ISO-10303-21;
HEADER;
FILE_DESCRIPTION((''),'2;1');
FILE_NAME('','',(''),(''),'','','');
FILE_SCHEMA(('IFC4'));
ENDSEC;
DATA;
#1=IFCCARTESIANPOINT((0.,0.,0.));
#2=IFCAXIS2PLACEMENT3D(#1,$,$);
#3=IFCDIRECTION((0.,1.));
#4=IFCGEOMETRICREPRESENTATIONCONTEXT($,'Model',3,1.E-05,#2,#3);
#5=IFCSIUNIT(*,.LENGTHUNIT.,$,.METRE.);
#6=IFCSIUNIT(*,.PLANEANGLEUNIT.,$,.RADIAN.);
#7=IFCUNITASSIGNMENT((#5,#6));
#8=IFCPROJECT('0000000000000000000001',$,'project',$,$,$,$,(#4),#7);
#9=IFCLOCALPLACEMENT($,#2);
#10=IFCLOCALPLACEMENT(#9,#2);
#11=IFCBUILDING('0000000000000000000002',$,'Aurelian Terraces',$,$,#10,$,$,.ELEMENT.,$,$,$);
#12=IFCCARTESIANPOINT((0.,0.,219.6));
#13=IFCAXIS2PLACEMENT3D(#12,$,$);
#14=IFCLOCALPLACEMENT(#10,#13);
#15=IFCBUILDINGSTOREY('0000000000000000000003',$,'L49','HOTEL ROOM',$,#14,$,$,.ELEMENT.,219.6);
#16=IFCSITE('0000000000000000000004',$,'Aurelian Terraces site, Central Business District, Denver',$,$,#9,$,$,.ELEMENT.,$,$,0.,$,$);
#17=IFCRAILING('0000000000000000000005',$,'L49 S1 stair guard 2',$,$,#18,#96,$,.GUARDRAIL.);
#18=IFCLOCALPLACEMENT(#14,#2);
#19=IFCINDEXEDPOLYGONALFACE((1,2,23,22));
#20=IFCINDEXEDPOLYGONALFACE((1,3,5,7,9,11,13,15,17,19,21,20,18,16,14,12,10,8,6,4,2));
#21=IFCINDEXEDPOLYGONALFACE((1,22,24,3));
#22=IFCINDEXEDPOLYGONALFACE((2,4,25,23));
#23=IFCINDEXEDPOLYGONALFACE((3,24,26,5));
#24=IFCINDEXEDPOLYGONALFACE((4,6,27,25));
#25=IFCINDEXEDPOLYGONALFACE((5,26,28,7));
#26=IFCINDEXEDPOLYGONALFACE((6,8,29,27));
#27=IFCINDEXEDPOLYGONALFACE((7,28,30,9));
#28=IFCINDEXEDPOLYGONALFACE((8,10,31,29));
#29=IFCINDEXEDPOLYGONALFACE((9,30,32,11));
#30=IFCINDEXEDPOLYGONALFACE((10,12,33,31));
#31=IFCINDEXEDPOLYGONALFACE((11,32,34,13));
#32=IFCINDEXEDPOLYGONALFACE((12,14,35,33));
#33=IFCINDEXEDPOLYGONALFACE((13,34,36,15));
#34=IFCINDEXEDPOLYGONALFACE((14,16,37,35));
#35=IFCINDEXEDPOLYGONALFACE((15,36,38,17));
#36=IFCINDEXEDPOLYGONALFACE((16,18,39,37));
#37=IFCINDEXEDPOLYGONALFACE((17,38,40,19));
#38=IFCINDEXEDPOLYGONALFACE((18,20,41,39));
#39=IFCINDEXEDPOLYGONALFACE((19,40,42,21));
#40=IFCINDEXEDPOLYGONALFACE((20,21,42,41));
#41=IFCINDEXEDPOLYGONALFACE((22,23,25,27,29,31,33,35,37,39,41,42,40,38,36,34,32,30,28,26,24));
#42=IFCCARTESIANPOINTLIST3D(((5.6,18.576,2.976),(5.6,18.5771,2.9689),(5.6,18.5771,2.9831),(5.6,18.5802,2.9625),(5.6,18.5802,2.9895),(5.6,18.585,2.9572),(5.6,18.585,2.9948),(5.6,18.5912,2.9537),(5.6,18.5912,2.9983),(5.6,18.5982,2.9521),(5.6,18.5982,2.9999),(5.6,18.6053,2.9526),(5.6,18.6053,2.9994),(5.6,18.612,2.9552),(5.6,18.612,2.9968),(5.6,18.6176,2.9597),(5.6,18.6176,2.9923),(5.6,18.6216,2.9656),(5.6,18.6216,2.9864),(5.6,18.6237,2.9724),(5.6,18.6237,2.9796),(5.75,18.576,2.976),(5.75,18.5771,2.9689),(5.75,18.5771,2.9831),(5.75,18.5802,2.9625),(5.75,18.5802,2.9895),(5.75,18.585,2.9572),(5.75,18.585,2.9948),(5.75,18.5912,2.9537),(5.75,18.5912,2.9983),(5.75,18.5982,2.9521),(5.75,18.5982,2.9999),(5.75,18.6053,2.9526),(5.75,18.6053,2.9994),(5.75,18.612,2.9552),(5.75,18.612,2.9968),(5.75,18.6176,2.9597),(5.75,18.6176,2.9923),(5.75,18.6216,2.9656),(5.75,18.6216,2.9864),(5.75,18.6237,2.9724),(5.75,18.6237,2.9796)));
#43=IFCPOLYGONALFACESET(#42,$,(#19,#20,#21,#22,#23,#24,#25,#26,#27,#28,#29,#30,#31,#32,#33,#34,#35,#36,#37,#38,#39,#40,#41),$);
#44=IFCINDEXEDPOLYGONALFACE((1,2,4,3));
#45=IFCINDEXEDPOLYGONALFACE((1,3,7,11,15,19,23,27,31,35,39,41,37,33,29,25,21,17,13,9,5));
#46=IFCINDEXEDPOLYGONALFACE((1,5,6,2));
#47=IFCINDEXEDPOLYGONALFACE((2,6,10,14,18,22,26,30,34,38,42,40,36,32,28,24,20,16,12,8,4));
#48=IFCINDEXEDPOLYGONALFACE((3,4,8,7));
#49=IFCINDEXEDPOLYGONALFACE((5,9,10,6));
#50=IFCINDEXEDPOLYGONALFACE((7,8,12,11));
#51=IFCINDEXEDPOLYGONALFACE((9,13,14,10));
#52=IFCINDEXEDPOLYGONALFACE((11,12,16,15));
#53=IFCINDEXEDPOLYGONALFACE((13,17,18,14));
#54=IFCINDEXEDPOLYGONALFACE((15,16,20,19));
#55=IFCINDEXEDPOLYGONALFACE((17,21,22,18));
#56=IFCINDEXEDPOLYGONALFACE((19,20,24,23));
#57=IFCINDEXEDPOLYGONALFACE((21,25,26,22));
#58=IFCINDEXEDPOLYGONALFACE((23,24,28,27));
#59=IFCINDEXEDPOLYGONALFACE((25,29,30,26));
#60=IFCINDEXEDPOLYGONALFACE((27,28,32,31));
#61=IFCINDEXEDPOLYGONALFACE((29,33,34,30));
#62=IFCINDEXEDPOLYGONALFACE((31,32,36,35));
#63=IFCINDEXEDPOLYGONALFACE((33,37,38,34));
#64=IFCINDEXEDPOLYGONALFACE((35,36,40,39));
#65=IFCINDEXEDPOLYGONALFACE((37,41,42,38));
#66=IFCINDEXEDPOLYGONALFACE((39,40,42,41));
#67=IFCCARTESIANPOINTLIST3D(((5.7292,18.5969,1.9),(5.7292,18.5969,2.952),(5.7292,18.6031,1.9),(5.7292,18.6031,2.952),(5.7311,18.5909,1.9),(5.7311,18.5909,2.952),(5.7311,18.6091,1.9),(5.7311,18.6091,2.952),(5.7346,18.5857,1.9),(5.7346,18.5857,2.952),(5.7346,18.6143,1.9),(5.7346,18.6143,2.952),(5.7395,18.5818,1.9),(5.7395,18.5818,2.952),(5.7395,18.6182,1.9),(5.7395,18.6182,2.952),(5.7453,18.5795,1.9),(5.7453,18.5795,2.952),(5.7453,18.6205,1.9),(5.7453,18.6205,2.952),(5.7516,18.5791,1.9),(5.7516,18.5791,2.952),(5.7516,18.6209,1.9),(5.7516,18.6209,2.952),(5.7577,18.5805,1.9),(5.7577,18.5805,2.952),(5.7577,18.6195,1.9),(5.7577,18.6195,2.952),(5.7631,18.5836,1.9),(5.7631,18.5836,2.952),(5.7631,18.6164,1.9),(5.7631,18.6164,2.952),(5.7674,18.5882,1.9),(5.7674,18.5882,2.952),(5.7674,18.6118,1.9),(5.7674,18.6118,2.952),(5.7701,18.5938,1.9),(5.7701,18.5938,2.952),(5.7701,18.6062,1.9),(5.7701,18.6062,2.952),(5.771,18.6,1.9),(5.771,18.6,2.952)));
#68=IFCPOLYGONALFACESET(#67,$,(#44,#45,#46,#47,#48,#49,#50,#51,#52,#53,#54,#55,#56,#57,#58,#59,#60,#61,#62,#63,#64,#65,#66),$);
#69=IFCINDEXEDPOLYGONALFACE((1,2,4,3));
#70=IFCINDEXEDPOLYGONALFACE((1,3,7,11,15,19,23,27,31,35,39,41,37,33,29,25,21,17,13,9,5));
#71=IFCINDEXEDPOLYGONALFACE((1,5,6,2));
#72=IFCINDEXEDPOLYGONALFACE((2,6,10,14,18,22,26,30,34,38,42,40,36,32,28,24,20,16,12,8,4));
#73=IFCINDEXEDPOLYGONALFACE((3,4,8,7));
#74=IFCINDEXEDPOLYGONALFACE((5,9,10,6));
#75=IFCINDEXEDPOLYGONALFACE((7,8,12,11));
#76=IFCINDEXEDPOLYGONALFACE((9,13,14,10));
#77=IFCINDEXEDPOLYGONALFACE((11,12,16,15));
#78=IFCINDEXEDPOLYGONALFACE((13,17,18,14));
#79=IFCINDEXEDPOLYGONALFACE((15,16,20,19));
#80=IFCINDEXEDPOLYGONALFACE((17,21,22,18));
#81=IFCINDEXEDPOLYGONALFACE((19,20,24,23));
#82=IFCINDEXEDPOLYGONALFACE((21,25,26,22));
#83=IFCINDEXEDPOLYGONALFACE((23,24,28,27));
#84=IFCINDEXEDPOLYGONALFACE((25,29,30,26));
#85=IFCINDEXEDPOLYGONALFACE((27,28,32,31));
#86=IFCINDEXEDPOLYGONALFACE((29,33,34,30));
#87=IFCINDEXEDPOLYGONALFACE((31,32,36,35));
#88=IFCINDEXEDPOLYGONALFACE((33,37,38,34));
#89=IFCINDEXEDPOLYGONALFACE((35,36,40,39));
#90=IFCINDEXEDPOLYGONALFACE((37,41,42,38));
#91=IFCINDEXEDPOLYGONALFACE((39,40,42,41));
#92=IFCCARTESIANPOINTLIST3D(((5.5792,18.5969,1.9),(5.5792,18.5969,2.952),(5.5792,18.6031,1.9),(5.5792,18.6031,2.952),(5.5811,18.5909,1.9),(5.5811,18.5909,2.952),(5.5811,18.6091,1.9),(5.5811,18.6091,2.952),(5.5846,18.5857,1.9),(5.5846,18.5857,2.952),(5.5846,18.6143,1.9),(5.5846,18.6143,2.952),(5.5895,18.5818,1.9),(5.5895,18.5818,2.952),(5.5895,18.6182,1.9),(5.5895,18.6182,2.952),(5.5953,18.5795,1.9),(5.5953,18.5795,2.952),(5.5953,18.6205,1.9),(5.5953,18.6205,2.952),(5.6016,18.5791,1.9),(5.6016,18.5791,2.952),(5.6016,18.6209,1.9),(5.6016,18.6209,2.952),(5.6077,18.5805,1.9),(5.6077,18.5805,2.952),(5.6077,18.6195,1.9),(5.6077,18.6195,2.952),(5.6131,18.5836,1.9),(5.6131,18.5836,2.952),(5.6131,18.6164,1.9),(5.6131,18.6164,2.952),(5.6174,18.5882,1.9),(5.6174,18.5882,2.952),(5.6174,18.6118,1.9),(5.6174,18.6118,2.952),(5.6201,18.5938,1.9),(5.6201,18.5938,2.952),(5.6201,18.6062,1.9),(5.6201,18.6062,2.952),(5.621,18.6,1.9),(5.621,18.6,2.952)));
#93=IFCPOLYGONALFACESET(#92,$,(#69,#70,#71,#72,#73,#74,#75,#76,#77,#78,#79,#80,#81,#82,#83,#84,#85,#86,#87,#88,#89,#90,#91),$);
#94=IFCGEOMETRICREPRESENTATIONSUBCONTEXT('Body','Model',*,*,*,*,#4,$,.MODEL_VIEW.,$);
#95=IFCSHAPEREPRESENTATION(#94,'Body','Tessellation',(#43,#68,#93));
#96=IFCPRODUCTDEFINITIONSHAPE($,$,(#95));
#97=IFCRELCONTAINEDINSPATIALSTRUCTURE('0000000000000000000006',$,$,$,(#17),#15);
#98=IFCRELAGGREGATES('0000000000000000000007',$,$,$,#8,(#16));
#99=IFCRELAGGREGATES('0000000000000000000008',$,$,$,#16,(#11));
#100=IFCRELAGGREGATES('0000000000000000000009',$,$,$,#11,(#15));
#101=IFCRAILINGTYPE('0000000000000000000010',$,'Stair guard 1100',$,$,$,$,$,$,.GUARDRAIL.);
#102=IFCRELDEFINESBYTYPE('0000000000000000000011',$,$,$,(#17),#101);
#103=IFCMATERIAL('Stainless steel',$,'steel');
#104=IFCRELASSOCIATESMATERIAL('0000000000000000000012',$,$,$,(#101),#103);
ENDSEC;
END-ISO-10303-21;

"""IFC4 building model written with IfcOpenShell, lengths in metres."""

from ifc_helpers import new_model, si_unit, direction, frame, origin, origin_2d, place, context, subcontext, project, spatial, circle, extrude, source, transform, mapped, material, type_object, element, save


model = new_model("IFC4")

# Units and contexts
model_context = context("Model", 3, precision=1e-05, world=origin(), true_north=direction((0.0, 1.0)))
body_context = subcontext(model_context, "Body", "Model", "MODEL_VIEW")
ifc_project = project(units=[si_unit("LENGTHUNIT", "METRE"), si_unit("PLANEANGLEUNIT", "RADIAN")], contexts=[model_context])

# Site, building, storey
site_placement = place(None, origin())
site = spatial("IfcSite", under=ifc_project, at=site_placement, Name="Aurelian Terraces site, Central Business District, Denver", CompositionType="ELEMENT", RefElevation=0.0)
building_placement = place(site_placement, origin())
building = spatial("IfcBuilding", under=site, at=building_placement, Name="Aurelian Terraces", CompositionType="ELEMENT")
storey_placement = place(building_placement, frame((0.0, 0.0, 219.6)))
storey = spatial("IfcBuildingStorey", under=building, at=storey_placement, Name="L49", Description="HOTEL ROOM", CompositionType="ELEMENT", Elevation=219.6)

# Railing
ifc_material_1 = material(Name="Stainless steel", Category="steel")
railing_type = type_object("IfcRailingType", Name="Stair guard 1100", PredefinedType="GUARDRAIL", material=ifc_material_1)
shared_shape_1 = source(origin(), body_context, "Body", "SweptSolid", [
    extrude(circle(Radius=0.024, at=origin_2d()), frame((0.0, 0.0, 1.076), z_axis=(-1.0, 0.0, 0.0), x_axis=(0.0, -1.0, 0.0)), (0.0, 0.0, 1.0), 0.15),
    extrude(circle(Radius=0.021, at=origin_2d()), origin(), (0.0, 0.0, 1.0), 1.052),
    extrude(circle(Radius=0.021, at=origin_2d()), frame((-0.15, 0.0, 0.0)), (0.0, 0.0, 1.0), 1.052),
])
railing_placement = place(storey_placement, frame((5.75, 18.6, 1.9)))
element("IfcRailing", 1, at=railing_placement, inside=storey, type_object=railing_type, Name="L49 S1 stair guard 2", PredefinedType="GUARDRAIL", context=body_context, shape_type="MappedRepresentation", body=[
    mapped(shared_shape_1, transform((0.0, 0.0, 0.0), scale=1.0)),
])

save(model, "model.ifc")
